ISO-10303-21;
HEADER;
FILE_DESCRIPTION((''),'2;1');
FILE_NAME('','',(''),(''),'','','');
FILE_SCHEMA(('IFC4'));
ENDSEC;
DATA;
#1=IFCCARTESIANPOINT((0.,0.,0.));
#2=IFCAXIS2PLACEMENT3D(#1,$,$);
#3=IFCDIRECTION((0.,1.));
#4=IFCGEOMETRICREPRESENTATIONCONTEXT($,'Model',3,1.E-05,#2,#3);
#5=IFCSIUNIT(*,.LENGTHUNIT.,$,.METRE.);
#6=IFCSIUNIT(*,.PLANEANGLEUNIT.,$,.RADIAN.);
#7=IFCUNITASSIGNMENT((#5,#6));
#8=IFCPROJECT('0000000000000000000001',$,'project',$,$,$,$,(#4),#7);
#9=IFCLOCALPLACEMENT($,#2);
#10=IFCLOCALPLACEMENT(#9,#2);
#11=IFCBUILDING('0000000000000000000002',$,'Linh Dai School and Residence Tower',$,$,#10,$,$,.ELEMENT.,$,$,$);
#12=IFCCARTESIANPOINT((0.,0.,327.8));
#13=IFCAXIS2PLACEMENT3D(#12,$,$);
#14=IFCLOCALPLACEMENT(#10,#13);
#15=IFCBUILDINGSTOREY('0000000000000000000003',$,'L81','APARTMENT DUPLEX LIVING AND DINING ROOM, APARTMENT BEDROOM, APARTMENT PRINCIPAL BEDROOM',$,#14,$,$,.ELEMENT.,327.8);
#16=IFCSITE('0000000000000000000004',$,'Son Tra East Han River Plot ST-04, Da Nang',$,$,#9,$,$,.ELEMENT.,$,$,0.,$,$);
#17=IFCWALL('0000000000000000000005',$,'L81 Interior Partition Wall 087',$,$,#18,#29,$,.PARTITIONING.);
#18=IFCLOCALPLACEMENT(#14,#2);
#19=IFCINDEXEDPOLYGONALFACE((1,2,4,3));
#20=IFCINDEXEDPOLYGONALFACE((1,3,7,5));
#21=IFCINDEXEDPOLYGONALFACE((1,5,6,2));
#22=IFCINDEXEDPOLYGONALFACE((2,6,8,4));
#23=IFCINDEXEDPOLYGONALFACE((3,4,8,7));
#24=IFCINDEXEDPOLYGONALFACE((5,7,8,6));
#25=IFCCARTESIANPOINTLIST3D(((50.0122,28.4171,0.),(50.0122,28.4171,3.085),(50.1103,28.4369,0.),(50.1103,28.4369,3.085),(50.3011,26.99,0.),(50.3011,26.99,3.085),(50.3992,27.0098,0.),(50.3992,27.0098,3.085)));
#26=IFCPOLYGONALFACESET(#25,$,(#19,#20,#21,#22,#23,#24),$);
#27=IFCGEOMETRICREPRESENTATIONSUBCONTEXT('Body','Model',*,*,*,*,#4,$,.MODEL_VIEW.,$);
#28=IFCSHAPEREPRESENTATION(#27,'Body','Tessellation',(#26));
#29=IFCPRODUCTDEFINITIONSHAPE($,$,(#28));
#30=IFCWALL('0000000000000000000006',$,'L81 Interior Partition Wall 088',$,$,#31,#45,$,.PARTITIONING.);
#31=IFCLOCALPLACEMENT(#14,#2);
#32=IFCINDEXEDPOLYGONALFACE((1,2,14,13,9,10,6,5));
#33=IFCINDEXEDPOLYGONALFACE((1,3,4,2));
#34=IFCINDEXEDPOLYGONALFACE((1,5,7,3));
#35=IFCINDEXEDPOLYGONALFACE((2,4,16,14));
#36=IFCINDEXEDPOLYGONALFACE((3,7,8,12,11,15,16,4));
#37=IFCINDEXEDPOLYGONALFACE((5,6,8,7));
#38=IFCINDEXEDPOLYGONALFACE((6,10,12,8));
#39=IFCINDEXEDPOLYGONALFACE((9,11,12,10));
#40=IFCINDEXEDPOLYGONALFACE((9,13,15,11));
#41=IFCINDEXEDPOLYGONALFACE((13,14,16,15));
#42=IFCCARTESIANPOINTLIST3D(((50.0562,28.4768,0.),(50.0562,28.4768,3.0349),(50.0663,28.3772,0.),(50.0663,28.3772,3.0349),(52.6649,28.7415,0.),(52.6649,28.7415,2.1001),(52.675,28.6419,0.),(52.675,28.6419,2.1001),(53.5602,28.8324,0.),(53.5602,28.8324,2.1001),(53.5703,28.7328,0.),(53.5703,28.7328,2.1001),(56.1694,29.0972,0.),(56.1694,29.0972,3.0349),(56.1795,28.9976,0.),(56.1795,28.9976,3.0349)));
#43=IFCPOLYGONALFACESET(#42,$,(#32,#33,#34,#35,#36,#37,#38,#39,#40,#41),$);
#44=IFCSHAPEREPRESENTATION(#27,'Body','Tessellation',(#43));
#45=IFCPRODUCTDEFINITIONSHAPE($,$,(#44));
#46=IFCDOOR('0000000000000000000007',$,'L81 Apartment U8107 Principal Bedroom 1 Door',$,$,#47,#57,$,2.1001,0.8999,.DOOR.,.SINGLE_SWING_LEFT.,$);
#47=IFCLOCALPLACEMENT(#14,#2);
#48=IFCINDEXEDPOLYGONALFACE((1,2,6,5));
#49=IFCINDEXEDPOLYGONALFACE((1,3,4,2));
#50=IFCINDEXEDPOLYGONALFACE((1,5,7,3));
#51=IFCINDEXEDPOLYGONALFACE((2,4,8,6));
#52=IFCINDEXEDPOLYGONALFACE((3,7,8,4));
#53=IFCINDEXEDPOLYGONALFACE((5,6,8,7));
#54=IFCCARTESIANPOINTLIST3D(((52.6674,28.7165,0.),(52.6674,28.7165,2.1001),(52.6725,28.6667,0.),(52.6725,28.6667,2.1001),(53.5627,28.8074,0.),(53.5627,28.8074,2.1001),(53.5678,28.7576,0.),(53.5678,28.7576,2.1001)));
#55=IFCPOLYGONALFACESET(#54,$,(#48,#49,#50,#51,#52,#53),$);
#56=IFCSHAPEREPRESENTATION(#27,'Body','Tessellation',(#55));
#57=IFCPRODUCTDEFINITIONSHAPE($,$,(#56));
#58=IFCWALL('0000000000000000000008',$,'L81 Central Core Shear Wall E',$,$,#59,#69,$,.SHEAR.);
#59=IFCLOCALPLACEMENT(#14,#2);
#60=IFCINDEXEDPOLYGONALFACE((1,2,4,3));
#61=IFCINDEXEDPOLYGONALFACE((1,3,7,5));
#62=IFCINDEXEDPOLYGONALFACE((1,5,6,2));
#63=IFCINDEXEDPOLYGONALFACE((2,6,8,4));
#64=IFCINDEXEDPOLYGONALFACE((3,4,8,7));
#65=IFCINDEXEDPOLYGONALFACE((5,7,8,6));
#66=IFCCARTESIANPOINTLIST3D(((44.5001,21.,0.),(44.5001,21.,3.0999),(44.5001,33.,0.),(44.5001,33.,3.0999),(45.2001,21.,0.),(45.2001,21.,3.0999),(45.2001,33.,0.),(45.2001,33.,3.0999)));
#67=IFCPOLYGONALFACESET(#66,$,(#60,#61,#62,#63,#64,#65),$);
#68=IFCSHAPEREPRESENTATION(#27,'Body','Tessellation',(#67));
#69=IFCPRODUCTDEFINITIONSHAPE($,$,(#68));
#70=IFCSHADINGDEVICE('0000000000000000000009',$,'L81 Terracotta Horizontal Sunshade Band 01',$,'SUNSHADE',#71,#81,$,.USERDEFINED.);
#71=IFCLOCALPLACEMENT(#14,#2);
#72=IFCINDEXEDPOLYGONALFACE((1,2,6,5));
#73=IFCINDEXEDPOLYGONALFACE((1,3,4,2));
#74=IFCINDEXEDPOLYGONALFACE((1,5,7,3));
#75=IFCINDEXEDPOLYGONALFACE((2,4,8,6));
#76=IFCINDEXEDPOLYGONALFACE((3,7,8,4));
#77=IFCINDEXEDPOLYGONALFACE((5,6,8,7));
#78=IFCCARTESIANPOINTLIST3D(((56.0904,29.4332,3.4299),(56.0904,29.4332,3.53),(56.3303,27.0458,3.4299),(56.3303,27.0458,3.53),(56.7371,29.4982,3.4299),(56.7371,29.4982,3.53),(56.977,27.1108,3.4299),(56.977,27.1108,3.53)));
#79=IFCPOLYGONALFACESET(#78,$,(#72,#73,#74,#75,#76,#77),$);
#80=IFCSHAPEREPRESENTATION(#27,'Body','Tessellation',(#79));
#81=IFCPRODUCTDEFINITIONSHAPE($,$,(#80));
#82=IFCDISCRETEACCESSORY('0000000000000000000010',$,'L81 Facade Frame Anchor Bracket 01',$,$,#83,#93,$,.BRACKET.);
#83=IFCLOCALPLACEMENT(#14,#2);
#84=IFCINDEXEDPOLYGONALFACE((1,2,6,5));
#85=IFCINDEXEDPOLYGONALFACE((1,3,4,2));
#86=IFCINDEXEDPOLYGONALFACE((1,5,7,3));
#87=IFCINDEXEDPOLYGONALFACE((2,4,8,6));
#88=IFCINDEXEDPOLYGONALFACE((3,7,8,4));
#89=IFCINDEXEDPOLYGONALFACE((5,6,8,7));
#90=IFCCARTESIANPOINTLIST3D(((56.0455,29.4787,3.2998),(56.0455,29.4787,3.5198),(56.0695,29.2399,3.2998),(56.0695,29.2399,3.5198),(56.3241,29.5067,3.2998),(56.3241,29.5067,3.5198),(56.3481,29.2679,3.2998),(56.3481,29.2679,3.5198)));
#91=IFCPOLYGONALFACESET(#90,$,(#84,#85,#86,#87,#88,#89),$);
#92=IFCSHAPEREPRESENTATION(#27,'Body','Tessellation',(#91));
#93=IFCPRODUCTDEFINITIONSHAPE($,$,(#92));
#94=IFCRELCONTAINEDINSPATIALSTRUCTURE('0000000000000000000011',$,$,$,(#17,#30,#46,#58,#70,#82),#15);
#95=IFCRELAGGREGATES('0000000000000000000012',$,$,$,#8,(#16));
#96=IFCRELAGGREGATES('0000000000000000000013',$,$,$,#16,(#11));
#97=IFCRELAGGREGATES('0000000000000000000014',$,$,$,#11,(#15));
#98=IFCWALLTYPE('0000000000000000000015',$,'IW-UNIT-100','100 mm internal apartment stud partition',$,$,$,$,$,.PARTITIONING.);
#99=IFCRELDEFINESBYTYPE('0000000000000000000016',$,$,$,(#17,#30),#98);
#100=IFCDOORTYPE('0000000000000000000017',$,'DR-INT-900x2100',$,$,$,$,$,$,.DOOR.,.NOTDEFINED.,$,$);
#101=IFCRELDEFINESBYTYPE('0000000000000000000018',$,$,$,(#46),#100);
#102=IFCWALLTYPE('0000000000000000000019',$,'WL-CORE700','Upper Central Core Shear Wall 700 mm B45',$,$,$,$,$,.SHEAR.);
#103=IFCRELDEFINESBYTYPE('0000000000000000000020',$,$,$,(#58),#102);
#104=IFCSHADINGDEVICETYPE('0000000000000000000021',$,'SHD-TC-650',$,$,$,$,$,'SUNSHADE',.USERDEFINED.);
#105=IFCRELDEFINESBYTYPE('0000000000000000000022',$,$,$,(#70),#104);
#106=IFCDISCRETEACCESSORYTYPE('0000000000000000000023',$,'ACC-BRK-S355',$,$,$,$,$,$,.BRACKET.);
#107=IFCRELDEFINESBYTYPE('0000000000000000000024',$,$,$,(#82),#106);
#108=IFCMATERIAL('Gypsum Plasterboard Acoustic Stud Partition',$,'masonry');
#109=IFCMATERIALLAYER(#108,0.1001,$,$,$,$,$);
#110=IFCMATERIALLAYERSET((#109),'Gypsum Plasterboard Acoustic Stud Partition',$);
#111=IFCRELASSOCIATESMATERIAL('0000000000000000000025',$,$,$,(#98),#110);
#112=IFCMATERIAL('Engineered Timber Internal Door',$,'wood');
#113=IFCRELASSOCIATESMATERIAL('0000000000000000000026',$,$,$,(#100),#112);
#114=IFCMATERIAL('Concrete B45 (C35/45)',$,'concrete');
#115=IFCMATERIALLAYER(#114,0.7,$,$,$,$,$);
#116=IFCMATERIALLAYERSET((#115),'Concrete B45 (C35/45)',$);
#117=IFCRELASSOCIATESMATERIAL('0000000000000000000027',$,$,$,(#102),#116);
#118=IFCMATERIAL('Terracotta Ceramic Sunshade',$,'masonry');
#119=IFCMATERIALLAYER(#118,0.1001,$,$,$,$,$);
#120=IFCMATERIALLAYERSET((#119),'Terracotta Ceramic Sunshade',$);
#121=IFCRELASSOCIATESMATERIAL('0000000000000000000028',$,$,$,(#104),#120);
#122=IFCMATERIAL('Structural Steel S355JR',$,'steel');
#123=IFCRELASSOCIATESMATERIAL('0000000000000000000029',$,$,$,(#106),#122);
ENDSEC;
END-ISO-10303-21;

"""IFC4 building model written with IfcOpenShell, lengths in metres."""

from ifc_helpers import new_model, si_unit, direction, frame, frame_2d, origin, origin_2d, place, context, subcontext, project, spatial, rectangle, extrude, source, transform, mapped, material, layer, layer_set, type_object, element, fill, save


model = new_model("IFC4")

# Units and contexts
model_context = context("Model", 3, precision=1e-05, world=origin(), true_north=direction((0.0, 1.0)))
body_context = subcontext(model_context, "Body", "Model", "MODEL_VIEW")
ifc_project = project(units=[si_unit("LENGTHUNIT", "METRE"), si_unit("PLANEANGLEUNIT", "RADIAN")], contexts=[model_context])

# Site, building, storey
site_placement = place(None, origin())
site = spatial("IfcSite", under=ifc_project, at=site_placement, Name="Son Tra East Han River Plot ST-04, Da Nang", CompositionType="ELEMENT", RefElevation=0.0)
building_placement = place(site_placement, origin())
building = spatial("IfcBuilding", under=site, at=building_placement, Name="Linh Dai School and Residence Tower", CompositionType="ELEMENT")
storey_placement = place(building_placement, frame((0.0, 0.0, 327.8)))
storey = spatial("IfcBuildingStorey", under=building, at=storey_placement, Name="L81", Description="APARTMENT DUPLEX LIVING AND DINING ROOM, APARTMENT BEDROOM, APARTMENT PRINCIPAL BEDROOM", CompositionType="ELEMENT", Elevation=327.8)

# Shared definitions
ifc_material_1 = material(Name="Structural Steel S355JR", Category="steel")

# Wall
ifc_material_2 = material(Name="Gypsum Plasterboard Acoustic Stud Partition", Category="masonry")
ifc_layer_1 = layer(ifc_material_2, 0.1001)
ifc_layer_set_1 = layer_set([ifc_layer_1], Name="Gypsum Plasterboard Acoustic Stud Partition")
wall_type_1 = type_object("IfcWallType", Name="IW-UNIT-100", Description="100 mm internal apartment stud partition", PredefinedType="PARTITIONING", material=ifc_layer_set_1)
wall_1_placement = place(storey_placement, frame((50.0613, 28.427, 0.0), z_axis=(0.0, 0.0, 1.0), x_axis=(0.198373, -0.980127, 0.0)))
element("IfcWall", 1, at=wall_1_placement, inside=storey, type_object=wall_type_1, Name="L81 Interior Partition Wall 087", PredefinedType="PARTITIONING", context=body_context, shape_type="SweptSolid", body=[
    extrude(rectangle(XDim=1.4561, YDim=0.1001, at=frame_2d((0.728, 0.0))), origin(), (0.0, 0.0, 1.0), 3.085),
])

# Wall, opening, door
wall_2_placement = place(storey_placement, frame((50.0613, 28.427, 0.0), z_axis=(0.0, 0.0, 1.0), x_axis=(0.99489, 0.100963, 0.0)))
wall_2 = element("IfcWall", 2, at=wall_2_placement, inside=storey, type_object=wall_type_1, Name="L81 Interior Partition Wall 088", PredefinedType="PARTITIONING", context=body_context, shape_type="SweptSolid", body=[
    extrude(rectangle(XDim=6.1445, YDim=0.1001, at=frame_2d((3.0723, 0.0))), origin(), (0.0, 0.0, 1.0), 3.0349),
])
opening_placement = place(wall_2_placement, frame((2.6221, 0.0, 0.0)))
opening = element("IfcOpeningElement", 3, at=opening_placement, cuts=wall_2, PredefinedType="OPENING", context=body_context, shape_type="SweptSolid", body=[
    extrude(rectangle(XDim=0.8999, YDim=2.1001, at=origin_2d()), frame((0.45, 0.0601, 1.05), z_axis=(0.0, -1.0, 0.0), x_axis=(1.0, 0.0, 0.0)), (0.0, 0.0, 1.0), 0.1201),
])
ifc_material_3 = material(Name="Engineered Timber Internal Door", Category="wood")
door_type = type_object("IfcDoorType", Name="DR-INT-900x2100", OperationType="NOTDEFINED", PredefinedType="DOOR", material=ifc_material_3)
shared_shape_1 = source(origin(), body_context, "Body", "SweptSolid", [
    extrude(rectangle(XDim=0.8999, YDim=2.1001, at=origin_2d()), frame((0.45, 0.0249, 1.05), z_axis=(0.0, -1.0, 0.0), x_axis=(1.0, 0.0, 0.0)), (0.0, 0.0, 1.0), 0.05),
])
door_placement = place(opening_placement, origin())
door = element("IfcDoor", 4, at=door_placement, inside=storey, type_object=door_type, Name="L81 Apartment U8107 Principal Bedroom 1 Door", OperationType="SINGLE_SWING_LEFT", OverallHeight=2.1001, OverallWidth=0.8999, PredefinedType="DOOR", context=body_context, shape_type="MappedRepresentation", body=[
    mapped(shared_shape_1, transform((0.0, 0.0, 0.0), x_axis=(1.0, 0.0, 0.0), y_axis=(0.0, 1.0, 0.0), z_axis=(0.0, 0.0, 1.0), scale=1.0)),
])
fill(opening, door)

# Wall
ifc_material_4 = material(Name="Concrete B45 (C35/45)", Category="concrete")
ifc_layer_2 = layer(ifc_material_4, 0.7)
ifc_layer_set_2 = layer_set([ifc_layer_2], Name="Concrete B45 (C35/45)")
wall_type_2 = type_object("IfcWallType", Name="WL-CORE700", Description="Upper Central Core Shear Wall 700 mm B45", PredefinedType="SHEAR", material=ifc_layer_set_2)
wall_3_placement = place(storey_placement, frame((44.8501, 33.0, 0.0), z_axis=(0.0, 0.0, 1.0), x_axis=(0.0, -1.0, 0.0)))
element("IfcWall", 5, at=wall_3_placement, inside=storey, type_object=wall_type_2, Name="L81 Central Core Shear Wall E", PredefinedType="SHEAR", context=body_context, shape_type="SweptSolid", body=[
    extrude(rectangle(XDim=12.0, YDim=0.7, at=frame_2d((6.0, 0.0))), origin(), (0.0, 0.0, 1.0), 3.0999),
])

# Shading device
ifc_material_5 = material(Name="Terracotta Ceramic Sunshade", Category="masonry")
ifc_layer_3 = layer(ifc_material_5, 0.1001)
ifc_layer_set_3 = layer_set([ifc_layer_3], Name="Terracotta Ceramic Sunshade")
shading_device_type = type_object("IfcShadingDeviceType", Name="SHD-TC-650", ElementType="SUNSHADE", PredefinedType="USERDEFINED", material=ifc_layer_set_3)
shared_shape_2 = source(origin(), body_context, "Body", "SweptSolid", [
    extrude(rectangle(XDim=2.3994, YDim=0.6499, at=origin_2d()), origin(), (0.0, 0.0, 1.0), 0.1001),
])
shading_device_placement = place(storey_placement, frame((56.5337, 28.272, 3.4299), z_axis=(0.0, 0.0, 1.0), x_axis=(0.099992, -0.994988, 0.0)))
element("IfcShadingDevice", 6, at=shading_device_placement, inside=storey, type_object=shading_device_type, Name="L81 Terracotta Horizontal Sunshade Band 01", ObjectType="SUNSHADE", PredefinedType="USERDEFINED", context=body_context, shape_type="MappedRepresentation", body=[
    mapped(shared_shape_2, transform((0.0, 0.0, 0.0), x_axis=(1.0, 0.0, 0.0), y_axis=(0.0, 1.0, 0.0), z_axis=(0.0, 0.0, 1.0), scale=1.0)),
])

# Discrete accessory
discrete_accessory_type = type_object("IfcDiscreteAccessoryType", Name="ACC-BRK-S355", PredefinedType="BRACKET", material=ifc_material_1)
shared_shape_3 = source(origin(), body_context, "Body", "SweptSolid", [
    extrude(rectangle(XDim=0.28, YDim=0.24, at=origin_2d()), origin(), (0.0, 0.0, 1.0), 0.22),
])
discrete_accessory_placement = place(storey_placement, frame((56.1968, 29.3733, 3.2998), z_axis=(0.0, 0.0, 1.0), x_axis=(0.994988, 0.099992, 0.0)))
element("IfcDiscreteAccessory", 7, at=discrete_accessory_placement, inside=storey, type_object=discrete_accessory_type, Name="L81 Facade Frame Anchor Bracket 01", PredefinedType="BRACKET", context=body_context, shape_type="MappedRepresentation", body=[
    mapped(shared_shape_3, transform((0.0, 0.0, 0.0), x_axis=(1.0, 0.0, 0.0), y_axis=(0.0, 1.0, 0.0), z_axis=(0.0, 0.0, 1.0), scale=1.0)),
])

save(model, "model.ifc")
